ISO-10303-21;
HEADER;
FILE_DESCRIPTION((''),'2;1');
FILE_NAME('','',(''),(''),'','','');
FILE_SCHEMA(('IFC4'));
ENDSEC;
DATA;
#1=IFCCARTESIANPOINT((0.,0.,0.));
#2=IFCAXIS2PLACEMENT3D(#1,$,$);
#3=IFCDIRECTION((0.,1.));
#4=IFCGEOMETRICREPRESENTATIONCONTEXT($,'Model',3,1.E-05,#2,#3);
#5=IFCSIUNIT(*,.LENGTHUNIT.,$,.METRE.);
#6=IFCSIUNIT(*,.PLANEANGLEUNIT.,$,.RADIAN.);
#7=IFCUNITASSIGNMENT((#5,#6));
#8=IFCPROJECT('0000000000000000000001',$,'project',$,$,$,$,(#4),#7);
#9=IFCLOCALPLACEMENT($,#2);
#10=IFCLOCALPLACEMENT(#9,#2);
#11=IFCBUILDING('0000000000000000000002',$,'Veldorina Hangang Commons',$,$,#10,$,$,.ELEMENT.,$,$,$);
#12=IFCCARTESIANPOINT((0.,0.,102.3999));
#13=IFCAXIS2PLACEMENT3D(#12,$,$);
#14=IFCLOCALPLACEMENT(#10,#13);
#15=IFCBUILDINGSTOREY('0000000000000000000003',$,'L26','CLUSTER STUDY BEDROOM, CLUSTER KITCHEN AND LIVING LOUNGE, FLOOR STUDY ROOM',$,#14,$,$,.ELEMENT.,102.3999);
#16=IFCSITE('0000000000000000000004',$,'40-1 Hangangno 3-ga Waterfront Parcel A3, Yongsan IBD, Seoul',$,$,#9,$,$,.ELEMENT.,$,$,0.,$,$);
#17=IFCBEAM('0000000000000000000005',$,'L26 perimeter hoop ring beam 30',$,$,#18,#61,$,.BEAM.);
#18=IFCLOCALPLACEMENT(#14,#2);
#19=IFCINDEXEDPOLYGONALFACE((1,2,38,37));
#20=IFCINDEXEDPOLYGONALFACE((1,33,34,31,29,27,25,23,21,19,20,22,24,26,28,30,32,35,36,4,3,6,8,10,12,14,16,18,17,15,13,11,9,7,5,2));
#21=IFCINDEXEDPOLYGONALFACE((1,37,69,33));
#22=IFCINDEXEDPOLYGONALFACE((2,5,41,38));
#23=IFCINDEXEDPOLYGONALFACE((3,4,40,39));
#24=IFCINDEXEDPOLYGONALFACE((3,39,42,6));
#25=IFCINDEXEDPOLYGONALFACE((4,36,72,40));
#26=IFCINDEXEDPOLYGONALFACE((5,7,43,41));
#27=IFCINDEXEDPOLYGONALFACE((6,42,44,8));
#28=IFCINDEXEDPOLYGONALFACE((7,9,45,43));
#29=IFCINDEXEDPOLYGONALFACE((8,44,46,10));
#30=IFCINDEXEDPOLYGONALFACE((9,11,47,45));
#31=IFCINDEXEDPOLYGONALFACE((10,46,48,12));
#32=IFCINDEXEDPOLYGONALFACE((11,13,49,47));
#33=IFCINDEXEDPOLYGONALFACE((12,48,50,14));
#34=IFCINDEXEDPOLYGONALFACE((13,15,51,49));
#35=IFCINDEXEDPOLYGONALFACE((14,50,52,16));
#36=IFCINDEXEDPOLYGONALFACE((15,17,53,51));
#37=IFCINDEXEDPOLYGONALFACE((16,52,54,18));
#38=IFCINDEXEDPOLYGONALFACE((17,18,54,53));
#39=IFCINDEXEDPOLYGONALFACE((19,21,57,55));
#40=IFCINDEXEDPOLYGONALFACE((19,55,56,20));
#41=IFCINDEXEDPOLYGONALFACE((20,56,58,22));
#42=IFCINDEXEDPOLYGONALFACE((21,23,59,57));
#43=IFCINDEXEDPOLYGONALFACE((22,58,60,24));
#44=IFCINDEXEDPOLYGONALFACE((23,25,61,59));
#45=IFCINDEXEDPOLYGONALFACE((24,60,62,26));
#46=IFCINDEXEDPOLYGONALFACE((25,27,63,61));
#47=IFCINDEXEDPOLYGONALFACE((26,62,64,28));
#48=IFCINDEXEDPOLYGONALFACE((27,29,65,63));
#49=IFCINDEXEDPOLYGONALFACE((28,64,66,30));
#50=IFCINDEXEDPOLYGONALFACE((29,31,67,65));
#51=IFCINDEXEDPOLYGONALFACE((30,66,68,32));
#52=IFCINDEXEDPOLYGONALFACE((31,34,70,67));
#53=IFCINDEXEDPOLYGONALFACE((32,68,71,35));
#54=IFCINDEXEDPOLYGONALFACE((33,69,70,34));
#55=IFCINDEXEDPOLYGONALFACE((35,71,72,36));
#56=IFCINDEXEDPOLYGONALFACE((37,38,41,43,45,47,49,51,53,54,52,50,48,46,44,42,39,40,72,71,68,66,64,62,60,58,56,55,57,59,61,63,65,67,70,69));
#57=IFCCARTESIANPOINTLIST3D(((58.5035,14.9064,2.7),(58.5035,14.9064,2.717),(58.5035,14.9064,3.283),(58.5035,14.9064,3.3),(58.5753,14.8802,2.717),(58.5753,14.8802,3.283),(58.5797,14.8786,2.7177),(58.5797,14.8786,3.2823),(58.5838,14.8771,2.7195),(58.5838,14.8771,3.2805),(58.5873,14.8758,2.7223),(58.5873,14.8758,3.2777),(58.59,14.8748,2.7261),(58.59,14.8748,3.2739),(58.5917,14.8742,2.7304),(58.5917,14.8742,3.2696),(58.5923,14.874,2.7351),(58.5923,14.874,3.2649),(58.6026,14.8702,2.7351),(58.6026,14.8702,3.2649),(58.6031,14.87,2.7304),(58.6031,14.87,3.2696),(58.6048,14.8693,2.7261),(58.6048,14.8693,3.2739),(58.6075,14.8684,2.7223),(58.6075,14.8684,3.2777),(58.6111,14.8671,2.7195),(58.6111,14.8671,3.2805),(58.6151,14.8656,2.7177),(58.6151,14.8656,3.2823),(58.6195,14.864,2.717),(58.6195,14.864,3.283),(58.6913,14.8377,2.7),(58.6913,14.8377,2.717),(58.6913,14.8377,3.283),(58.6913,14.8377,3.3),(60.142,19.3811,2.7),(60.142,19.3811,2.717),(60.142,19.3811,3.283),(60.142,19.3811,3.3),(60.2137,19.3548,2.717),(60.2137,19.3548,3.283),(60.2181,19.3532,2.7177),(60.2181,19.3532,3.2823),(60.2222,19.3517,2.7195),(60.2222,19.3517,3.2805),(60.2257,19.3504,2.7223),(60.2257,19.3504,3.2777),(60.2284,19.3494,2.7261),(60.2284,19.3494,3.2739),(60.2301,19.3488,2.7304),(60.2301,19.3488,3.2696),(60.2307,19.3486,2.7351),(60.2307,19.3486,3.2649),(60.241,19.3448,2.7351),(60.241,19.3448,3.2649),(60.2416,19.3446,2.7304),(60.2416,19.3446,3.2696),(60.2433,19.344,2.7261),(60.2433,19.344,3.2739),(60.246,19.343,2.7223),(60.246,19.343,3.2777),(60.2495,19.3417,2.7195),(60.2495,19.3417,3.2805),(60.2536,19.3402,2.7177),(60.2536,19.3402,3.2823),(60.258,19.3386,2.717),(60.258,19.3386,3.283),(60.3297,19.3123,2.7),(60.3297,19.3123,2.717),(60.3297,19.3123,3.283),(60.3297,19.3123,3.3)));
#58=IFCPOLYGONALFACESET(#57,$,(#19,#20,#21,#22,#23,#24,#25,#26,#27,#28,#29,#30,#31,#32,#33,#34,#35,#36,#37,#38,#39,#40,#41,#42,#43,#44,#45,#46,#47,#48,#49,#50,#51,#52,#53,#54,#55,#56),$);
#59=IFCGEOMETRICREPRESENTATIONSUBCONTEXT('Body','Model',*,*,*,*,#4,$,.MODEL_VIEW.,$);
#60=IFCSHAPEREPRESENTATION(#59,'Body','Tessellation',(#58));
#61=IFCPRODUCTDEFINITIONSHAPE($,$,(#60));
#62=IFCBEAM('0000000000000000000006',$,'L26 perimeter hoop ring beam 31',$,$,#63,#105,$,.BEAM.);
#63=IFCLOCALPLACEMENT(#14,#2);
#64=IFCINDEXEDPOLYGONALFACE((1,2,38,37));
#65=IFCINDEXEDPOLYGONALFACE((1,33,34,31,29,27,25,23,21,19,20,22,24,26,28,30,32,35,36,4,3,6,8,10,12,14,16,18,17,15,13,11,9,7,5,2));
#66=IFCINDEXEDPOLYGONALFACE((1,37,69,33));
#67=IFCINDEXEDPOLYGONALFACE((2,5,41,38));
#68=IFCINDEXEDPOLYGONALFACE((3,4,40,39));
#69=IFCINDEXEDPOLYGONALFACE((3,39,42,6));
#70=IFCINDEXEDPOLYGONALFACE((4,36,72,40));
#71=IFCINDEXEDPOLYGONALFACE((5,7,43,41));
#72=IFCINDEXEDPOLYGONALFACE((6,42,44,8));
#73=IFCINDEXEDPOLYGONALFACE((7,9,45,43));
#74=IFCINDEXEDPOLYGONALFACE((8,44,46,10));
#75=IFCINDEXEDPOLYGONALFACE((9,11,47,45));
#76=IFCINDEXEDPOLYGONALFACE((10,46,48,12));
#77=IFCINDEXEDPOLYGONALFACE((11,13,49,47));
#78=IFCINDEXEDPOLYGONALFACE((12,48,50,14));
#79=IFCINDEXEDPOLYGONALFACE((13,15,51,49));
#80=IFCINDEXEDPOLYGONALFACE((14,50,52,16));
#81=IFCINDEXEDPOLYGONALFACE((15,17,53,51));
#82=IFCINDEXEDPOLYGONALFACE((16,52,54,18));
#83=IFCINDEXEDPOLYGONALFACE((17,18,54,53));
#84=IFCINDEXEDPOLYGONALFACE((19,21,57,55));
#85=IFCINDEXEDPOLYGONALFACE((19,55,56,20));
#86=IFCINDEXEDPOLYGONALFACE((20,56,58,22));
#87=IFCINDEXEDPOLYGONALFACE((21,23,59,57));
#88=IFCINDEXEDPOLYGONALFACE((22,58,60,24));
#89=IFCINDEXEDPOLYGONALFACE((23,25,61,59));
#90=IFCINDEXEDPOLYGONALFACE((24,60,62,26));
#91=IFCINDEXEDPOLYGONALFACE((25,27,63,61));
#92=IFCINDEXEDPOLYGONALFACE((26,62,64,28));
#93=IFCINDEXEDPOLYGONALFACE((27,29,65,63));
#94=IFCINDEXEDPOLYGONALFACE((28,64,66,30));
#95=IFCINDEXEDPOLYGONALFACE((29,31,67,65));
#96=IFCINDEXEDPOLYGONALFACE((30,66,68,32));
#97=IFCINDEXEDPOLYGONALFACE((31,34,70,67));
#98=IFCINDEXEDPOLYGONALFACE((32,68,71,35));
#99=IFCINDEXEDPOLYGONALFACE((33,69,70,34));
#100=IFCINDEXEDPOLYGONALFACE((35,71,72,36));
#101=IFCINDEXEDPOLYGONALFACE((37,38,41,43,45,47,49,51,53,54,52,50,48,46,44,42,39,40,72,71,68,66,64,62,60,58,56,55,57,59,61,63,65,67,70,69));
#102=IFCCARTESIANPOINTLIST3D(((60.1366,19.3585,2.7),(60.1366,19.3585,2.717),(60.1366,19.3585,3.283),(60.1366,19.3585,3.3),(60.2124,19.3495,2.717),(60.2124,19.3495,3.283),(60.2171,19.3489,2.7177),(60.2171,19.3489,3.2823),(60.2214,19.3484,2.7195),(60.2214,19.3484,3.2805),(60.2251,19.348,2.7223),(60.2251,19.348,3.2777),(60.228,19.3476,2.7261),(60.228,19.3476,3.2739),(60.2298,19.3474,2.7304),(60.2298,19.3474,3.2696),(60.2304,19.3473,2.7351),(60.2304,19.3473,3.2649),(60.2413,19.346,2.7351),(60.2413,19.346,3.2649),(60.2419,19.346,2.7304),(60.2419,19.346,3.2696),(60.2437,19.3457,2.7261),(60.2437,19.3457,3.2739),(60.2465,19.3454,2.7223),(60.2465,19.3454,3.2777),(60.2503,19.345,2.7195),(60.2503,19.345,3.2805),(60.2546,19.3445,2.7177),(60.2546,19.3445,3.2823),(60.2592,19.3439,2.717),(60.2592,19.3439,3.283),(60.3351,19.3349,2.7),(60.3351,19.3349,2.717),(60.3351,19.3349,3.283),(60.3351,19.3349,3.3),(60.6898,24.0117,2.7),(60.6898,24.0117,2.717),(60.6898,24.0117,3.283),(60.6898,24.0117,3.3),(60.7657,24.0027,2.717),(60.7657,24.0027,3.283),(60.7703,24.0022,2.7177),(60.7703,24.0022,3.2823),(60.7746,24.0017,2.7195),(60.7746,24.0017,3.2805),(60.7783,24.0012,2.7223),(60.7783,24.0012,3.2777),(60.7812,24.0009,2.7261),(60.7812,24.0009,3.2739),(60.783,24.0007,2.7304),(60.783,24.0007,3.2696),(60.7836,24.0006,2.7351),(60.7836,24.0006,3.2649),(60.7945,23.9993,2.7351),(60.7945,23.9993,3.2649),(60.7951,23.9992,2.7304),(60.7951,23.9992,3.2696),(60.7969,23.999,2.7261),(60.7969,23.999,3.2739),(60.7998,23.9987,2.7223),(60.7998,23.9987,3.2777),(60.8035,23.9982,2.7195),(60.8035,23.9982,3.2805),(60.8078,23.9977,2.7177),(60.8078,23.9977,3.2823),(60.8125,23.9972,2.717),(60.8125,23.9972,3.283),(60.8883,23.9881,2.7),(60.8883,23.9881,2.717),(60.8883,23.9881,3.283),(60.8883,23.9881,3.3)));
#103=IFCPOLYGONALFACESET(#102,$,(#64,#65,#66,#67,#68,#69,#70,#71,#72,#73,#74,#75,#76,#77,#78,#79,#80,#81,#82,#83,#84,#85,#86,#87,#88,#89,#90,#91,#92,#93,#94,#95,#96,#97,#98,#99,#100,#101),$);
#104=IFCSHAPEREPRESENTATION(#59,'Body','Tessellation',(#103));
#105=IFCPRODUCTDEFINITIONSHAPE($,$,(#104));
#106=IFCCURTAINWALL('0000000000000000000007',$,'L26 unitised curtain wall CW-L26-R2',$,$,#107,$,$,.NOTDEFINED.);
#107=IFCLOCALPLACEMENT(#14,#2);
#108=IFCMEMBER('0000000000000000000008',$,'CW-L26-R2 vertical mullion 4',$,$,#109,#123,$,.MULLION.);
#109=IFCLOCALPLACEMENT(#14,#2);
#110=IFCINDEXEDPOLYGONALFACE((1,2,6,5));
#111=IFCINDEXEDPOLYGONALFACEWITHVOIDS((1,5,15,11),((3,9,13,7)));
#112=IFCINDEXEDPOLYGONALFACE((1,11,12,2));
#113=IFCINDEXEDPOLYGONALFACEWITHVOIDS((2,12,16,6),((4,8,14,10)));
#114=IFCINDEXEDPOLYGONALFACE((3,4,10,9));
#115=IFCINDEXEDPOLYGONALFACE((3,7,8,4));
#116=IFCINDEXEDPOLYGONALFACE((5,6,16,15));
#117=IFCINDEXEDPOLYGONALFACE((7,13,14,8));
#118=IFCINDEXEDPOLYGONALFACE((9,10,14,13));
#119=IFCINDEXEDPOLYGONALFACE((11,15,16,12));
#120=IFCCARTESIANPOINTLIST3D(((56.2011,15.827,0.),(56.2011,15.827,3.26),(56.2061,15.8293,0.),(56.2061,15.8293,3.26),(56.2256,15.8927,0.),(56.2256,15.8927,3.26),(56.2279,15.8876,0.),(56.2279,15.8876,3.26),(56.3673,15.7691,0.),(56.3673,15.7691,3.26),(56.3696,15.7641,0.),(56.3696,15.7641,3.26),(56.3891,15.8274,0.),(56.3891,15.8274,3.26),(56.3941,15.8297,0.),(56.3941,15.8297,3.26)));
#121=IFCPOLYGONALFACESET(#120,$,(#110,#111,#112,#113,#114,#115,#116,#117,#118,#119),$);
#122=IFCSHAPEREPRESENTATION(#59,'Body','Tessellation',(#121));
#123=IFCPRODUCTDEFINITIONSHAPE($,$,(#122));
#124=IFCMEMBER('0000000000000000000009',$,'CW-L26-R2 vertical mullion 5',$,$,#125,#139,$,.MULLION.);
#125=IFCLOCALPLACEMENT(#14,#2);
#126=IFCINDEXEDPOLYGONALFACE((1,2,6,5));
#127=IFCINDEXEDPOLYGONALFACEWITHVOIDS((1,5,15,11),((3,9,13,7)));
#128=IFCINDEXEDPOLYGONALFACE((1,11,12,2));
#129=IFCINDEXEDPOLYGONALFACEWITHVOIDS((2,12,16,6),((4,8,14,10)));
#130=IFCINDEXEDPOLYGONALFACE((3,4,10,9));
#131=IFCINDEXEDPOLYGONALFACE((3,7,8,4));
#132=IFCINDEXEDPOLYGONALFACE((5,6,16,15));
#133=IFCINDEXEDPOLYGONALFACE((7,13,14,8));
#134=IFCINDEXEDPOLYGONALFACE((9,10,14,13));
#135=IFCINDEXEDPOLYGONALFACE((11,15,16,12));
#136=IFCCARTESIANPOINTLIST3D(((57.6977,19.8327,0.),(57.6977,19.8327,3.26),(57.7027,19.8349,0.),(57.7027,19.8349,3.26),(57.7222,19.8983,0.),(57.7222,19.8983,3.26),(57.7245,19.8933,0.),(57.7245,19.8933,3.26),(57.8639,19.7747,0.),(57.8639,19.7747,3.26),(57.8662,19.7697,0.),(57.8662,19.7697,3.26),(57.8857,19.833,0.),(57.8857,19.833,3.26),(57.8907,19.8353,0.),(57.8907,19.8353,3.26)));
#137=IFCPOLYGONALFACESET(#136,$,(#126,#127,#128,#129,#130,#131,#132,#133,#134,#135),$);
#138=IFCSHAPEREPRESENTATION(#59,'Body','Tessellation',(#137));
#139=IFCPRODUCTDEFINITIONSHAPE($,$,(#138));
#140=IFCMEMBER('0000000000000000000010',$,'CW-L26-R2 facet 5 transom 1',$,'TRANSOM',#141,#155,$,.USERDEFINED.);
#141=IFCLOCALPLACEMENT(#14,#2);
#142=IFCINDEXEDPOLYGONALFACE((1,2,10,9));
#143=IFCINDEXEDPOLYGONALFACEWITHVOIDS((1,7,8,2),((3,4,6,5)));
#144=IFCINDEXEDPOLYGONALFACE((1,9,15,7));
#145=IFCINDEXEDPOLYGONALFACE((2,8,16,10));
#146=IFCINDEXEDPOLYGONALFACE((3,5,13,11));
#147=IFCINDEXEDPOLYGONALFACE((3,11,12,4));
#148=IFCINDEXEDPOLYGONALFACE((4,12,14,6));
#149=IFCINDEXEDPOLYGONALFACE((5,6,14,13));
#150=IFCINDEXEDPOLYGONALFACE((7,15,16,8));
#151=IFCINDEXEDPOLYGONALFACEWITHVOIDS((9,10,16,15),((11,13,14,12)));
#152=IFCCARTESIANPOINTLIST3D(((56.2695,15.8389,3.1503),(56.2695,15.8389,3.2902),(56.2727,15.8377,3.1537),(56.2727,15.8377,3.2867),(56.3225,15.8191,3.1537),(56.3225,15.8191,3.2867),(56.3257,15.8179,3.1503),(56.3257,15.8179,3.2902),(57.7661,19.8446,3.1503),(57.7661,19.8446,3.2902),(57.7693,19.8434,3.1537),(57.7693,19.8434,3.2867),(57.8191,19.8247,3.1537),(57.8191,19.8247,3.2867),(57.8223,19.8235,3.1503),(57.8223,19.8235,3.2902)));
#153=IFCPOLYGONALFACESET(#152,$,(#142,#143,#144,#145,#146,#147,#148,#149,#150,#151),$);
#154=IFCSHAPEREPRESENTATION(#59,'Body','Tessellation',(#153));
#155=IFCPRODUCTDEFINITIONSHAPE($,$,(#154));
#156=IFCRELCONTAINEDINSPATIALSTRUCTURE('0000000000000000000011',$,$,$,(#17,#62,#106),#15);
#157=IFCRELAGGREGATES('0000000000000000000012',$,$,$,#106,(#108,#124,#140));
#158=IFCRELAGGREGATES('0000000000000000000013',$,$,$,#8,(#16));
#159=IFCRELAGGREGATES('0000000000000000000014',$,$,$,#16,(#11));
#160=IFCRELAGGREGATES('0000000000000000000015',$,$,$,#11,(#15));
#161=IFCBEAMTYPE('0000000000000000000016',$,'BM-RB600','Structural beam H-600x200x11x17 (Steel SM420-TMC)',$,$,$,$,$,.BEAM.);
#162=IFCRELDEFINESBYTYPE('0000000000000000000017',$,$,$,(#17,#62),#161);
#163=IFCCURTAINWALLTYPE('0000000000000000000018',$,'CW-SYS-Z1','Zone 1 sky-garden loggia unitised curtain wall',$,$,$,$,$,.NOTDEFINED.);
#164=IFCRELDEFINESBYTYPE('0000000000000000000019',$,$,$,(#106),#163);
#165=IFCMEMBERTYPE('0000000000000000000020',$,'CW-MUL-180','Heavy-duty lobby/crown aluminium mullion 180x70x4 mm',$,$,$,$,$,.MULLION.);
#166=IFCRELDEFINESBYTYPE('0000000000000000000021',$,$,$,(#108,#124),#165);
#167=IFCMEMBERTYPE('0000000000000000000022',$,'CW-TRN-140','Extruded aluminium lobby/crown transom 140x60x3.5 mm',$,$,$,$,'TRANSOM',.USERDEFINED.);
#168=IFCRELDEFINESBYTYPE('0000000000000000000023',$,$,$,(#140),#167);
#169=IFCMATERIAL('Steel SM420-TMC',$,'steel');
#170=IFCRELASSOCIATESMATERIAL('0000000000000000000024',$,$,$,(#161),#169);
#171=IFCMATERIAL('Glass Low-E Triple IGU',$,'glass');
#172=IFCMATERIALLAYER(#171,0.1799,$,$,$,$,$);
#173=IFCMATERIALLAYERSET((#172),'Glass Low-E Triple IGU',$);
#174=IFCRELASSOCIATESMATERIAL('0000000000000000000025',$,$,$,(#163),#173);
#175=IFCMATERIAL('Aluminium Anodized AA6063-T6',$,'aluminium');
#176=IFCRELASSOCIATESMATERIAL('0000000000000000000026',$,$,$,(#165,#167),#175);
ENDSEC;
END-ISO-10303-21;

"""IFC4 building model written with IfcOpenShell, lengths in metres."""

from ifc_helpers import new_model, si_unit, direction, frame, origin, origin_2d, place, context, subcontext, project, spatial, hollow_rectangle, i_section, extrude, material, layer, layer_set, material_profile, profile_set, type_object, element, aggregate, save


model = new_model("IFC4")

# Units and contexts
model_context = context("Model", 3, precision=1e-05, world=origin(), true_north=direction((0.0, 1.0)))
body_context = subcontext(model_context, "Body", "Model", "MODEL_VIEW")
ifc_project = project(units=[si_unit("LENGTHUNIT", "METRE"), si_unit("PLANEANGLEUNIT", "RADIAN")], contexts=[model_context])

# Site, building, storey
site_placement = place(None, origin())
site = spatial("IfcSite", under=ifc_project, at=site_placement, Name="40-1 Hangangno 3-ga Waterfront Parcel A3, Yongsan IBD, Seoul", CompositionType="ELEMENT", RefElevation=0.0)
building_placement = place(site_placement, origin())
building = spatial("IfcBuilding", under=site, at=building_placement, Name="Veldorina Hangang Commons", CompositionType="ELEMENT")
storey_placement = place(building_placement, frame((0.0, 0.0, 102.3999)))
storey = spatial("IfcBuildingStorey", under=building, at=storey_placement, Name="L26", Description="CLUSTER STUDY BEDROOM, CLUSTER KITCHEN AND LIVING LOUNGE, FLOOR STUDY ROOM", CompositionType="ELEMENT", Elevation=102.3999)

# Beams
ifc_material_1 = material(Name="Steel SM420-TMC", Category="steel")
ifc_material_profile_1 = material_profile(ifc_material_1, i_section(OverallWidth=0.2, OverallDepth=0.6001, WebThickness=0.011, FlangeThickness=0.0171, FilletRadius=0.0181, at=origin_2d()), Name="H-600x200x11x17")
ifc_profile_set_1 = profile_set([ifc_material_profile_1], Name="Steel SM420-TMC")
beam_type = type_object("IfcBeamType", Name="BM-RB600", Description="Structural beam H-600x200x11x17 (Steel SM420-TMC)", PredefinedType="BEAM", material=ifc_profile_set_1)
beam_1_placement = place(storey_placement, frame((58.5974, 14.8721, 3.0), z_axis=(0.343836, 0.93903, 0.0), x_axis=(-0.93903, 0.343836, 0.0)))
element("IfcBeam", 1, at=beam_1_placement, inside=storey, type_object=beam_type, Name="L26 perimeter hoop ring beam 30", PredefinedType="BEAM", context=body_context, shape_type="SweptSolid", body=[
    extrude(i_section(OverallWidth=0.2, OverallDepth=0.6001, WebThickness=0.011, FlangeThickness=0.0171, FilletRadius=0.0181, at=origin_2d()), origin(), (0.0, 0.0, 1.0), 4.7651),
])
beam_2_placement = place(storey_placement, frame((60.2358, 19.3467, 3.0), z_axis=(0.118056, 0.993007, 0.0), x_axis=(-0.993007, 0.118056, 0.0)))
element("IfcBeam", 2, at=beam_2_placement, inside=storey, type_object=beam_type, Name="L26 perimeter hoop ring beam 31", PredefinedType="BEAM", context=body_context, shape_type="SweptSolid", body=[
    extrude(i_section(OverallWidth=0.2, OverallDepth=0.6001, WebThickness=0.011, FlangeThickness=0.0171, FilletRadius=0.0181, at=origin_2d()), origin(), (0.0, 0.0, 1.0), 4.686),
])

# Curtain wall, members
ifc_material_2 = material(Name="Glass Low-E Triple IGU", Category="glass")
ifc_layer_1 = layer(ifc_material_2, 0.1799)
ifc_layer_set_1 = layer_set([ifc_layer_1], Name="Glass Low-E Triple IGU")
curtain_wall_type = type_object("IfcCurtainWallType", Name="CW-SYS-Z1", Description="Zone 1 sky-garden loggia unitised curtain wall", PredefinedType="NOTDEFINED", material=ifc_layer_set_1)
curtain_wall_placement = place(storey_placement, origin())
curtain_wall = element("IfcCurtainWall", 3, at=curtain_wall_placement, inside=storey, type_object=curtain_wall_type, Name="L26 unitised curtain wall CW-L26-R2", PredefinedType="NOTDEFINED")
ifc_material_3 = material(Name="Aluminium Anodized AA6063-T6", Category="aluminium")
ifc_material_profile_2 = material_profile(ifc_material_3, hollow_rectangle(XDim=0.0701, YDim=0.1799, WallThickness=0.0039, at=origin_2d()), Name="ALU-RHS-180x70x4")
ifc_profile_set_2 = profile_set([ifc_material_profile_2], Name="Aluminium Anodized AA6063-T6")
member_type_1 = type_object("IfcMemberType", Name="CW-MUL-180", Description="Heavy-duty lobby/crown aluminium mullion 180x70x4 mm", PredefinedType="MULLION", material=ifc_profile_set_2)
member_1_placement = place(storey_placement, frame((56.2976, 15.8284, 0.0), z_axis=(0.0, 0.0, 1.0), x_axis=(0.349978, 0.936758, 0.0)))
member_1 = element("IfcMember", 4, at=member_1_placement, type_object=member_type_1, Name="CW-L26-R2 vertical mullion 4", PredefinedType="MULLION", context=body_context, shape_type="SweptSolid", body=[
    extrude(hollow_rectangle(XDim=0.0701, YDim=0.1799, WallThickness=0.0039, at=origin_2d()), origin(), (0.0, 0.0, 1.0), 3.26),
])
member_2_placement = place(storey_placement, frame((57.7942, 19.834, 0.0), z_axis=(0.0, 0.0, 1.0), x_axis=(-0.349978, -0.936758, 0.0)))
member_2 = element("IfcMember", 5, at=member_2_placement, type_object=member_type_1, Name="CW-L26-R2 vertical mullion 5", PredefinedType="MULLION", context=body_context, shape_type="SweptSolid", body=[
    extrude(hollow_rectangle(XDim=0.0701, YDim=0.1799, WallThickness=0.0039, at=origin_2d()), origin(), (0.0, 0.0, 1.0), 3.26),
])
ifc_material_profile_3 = material_profile(ifc_material_3, hollow_rectangle(XDim=0.0601, YDim=0.1399, WallThickness=0.0034, at=origin_2d()), Name="ALU-RHS-140x60x3.5")
ifc_profile_set_3 = profile_set([ifc_material_profile_3], Name="Aluminium Anodized AA6063-T6")
member_type_2 = type_object("IfcMemberType", Name="CW-TRN-140", Description="Extruded aluminium lobby/crown transom 140x60x3.5 mm", ElementType="TRANSOM", PredefinedType="USERDEFINED", material=ifc_profile_set_3)
member_3_placement = place(storey_placement, frame((56.2976, 15.8284, 3.2202), z_axis=(0.349991, 0.936753, 0.0), x_axis=(-0.936753, 0.349991, 0.0)))
member_3 = element("IfcMember", 6, at=member_3_placement, type_object=member_type_2, Name="CW-L26-R2 facet 5 transom 1", ObjectType="TRANSOM", PredefinedType="USERDEFINED", context=body_context, shape_type="SweptSolid", body=[
    extrude(hollow_rectangle(XDim=0.0601, YDim=0.1399, WallThickness=0.0034, at=origin_2d()), origin(), (0.0, 0.0, 1.0), 4.2761),
])

aggregate(curtain_wall, [member_1, member_2, member_3])

save(model, "model.ifc")
